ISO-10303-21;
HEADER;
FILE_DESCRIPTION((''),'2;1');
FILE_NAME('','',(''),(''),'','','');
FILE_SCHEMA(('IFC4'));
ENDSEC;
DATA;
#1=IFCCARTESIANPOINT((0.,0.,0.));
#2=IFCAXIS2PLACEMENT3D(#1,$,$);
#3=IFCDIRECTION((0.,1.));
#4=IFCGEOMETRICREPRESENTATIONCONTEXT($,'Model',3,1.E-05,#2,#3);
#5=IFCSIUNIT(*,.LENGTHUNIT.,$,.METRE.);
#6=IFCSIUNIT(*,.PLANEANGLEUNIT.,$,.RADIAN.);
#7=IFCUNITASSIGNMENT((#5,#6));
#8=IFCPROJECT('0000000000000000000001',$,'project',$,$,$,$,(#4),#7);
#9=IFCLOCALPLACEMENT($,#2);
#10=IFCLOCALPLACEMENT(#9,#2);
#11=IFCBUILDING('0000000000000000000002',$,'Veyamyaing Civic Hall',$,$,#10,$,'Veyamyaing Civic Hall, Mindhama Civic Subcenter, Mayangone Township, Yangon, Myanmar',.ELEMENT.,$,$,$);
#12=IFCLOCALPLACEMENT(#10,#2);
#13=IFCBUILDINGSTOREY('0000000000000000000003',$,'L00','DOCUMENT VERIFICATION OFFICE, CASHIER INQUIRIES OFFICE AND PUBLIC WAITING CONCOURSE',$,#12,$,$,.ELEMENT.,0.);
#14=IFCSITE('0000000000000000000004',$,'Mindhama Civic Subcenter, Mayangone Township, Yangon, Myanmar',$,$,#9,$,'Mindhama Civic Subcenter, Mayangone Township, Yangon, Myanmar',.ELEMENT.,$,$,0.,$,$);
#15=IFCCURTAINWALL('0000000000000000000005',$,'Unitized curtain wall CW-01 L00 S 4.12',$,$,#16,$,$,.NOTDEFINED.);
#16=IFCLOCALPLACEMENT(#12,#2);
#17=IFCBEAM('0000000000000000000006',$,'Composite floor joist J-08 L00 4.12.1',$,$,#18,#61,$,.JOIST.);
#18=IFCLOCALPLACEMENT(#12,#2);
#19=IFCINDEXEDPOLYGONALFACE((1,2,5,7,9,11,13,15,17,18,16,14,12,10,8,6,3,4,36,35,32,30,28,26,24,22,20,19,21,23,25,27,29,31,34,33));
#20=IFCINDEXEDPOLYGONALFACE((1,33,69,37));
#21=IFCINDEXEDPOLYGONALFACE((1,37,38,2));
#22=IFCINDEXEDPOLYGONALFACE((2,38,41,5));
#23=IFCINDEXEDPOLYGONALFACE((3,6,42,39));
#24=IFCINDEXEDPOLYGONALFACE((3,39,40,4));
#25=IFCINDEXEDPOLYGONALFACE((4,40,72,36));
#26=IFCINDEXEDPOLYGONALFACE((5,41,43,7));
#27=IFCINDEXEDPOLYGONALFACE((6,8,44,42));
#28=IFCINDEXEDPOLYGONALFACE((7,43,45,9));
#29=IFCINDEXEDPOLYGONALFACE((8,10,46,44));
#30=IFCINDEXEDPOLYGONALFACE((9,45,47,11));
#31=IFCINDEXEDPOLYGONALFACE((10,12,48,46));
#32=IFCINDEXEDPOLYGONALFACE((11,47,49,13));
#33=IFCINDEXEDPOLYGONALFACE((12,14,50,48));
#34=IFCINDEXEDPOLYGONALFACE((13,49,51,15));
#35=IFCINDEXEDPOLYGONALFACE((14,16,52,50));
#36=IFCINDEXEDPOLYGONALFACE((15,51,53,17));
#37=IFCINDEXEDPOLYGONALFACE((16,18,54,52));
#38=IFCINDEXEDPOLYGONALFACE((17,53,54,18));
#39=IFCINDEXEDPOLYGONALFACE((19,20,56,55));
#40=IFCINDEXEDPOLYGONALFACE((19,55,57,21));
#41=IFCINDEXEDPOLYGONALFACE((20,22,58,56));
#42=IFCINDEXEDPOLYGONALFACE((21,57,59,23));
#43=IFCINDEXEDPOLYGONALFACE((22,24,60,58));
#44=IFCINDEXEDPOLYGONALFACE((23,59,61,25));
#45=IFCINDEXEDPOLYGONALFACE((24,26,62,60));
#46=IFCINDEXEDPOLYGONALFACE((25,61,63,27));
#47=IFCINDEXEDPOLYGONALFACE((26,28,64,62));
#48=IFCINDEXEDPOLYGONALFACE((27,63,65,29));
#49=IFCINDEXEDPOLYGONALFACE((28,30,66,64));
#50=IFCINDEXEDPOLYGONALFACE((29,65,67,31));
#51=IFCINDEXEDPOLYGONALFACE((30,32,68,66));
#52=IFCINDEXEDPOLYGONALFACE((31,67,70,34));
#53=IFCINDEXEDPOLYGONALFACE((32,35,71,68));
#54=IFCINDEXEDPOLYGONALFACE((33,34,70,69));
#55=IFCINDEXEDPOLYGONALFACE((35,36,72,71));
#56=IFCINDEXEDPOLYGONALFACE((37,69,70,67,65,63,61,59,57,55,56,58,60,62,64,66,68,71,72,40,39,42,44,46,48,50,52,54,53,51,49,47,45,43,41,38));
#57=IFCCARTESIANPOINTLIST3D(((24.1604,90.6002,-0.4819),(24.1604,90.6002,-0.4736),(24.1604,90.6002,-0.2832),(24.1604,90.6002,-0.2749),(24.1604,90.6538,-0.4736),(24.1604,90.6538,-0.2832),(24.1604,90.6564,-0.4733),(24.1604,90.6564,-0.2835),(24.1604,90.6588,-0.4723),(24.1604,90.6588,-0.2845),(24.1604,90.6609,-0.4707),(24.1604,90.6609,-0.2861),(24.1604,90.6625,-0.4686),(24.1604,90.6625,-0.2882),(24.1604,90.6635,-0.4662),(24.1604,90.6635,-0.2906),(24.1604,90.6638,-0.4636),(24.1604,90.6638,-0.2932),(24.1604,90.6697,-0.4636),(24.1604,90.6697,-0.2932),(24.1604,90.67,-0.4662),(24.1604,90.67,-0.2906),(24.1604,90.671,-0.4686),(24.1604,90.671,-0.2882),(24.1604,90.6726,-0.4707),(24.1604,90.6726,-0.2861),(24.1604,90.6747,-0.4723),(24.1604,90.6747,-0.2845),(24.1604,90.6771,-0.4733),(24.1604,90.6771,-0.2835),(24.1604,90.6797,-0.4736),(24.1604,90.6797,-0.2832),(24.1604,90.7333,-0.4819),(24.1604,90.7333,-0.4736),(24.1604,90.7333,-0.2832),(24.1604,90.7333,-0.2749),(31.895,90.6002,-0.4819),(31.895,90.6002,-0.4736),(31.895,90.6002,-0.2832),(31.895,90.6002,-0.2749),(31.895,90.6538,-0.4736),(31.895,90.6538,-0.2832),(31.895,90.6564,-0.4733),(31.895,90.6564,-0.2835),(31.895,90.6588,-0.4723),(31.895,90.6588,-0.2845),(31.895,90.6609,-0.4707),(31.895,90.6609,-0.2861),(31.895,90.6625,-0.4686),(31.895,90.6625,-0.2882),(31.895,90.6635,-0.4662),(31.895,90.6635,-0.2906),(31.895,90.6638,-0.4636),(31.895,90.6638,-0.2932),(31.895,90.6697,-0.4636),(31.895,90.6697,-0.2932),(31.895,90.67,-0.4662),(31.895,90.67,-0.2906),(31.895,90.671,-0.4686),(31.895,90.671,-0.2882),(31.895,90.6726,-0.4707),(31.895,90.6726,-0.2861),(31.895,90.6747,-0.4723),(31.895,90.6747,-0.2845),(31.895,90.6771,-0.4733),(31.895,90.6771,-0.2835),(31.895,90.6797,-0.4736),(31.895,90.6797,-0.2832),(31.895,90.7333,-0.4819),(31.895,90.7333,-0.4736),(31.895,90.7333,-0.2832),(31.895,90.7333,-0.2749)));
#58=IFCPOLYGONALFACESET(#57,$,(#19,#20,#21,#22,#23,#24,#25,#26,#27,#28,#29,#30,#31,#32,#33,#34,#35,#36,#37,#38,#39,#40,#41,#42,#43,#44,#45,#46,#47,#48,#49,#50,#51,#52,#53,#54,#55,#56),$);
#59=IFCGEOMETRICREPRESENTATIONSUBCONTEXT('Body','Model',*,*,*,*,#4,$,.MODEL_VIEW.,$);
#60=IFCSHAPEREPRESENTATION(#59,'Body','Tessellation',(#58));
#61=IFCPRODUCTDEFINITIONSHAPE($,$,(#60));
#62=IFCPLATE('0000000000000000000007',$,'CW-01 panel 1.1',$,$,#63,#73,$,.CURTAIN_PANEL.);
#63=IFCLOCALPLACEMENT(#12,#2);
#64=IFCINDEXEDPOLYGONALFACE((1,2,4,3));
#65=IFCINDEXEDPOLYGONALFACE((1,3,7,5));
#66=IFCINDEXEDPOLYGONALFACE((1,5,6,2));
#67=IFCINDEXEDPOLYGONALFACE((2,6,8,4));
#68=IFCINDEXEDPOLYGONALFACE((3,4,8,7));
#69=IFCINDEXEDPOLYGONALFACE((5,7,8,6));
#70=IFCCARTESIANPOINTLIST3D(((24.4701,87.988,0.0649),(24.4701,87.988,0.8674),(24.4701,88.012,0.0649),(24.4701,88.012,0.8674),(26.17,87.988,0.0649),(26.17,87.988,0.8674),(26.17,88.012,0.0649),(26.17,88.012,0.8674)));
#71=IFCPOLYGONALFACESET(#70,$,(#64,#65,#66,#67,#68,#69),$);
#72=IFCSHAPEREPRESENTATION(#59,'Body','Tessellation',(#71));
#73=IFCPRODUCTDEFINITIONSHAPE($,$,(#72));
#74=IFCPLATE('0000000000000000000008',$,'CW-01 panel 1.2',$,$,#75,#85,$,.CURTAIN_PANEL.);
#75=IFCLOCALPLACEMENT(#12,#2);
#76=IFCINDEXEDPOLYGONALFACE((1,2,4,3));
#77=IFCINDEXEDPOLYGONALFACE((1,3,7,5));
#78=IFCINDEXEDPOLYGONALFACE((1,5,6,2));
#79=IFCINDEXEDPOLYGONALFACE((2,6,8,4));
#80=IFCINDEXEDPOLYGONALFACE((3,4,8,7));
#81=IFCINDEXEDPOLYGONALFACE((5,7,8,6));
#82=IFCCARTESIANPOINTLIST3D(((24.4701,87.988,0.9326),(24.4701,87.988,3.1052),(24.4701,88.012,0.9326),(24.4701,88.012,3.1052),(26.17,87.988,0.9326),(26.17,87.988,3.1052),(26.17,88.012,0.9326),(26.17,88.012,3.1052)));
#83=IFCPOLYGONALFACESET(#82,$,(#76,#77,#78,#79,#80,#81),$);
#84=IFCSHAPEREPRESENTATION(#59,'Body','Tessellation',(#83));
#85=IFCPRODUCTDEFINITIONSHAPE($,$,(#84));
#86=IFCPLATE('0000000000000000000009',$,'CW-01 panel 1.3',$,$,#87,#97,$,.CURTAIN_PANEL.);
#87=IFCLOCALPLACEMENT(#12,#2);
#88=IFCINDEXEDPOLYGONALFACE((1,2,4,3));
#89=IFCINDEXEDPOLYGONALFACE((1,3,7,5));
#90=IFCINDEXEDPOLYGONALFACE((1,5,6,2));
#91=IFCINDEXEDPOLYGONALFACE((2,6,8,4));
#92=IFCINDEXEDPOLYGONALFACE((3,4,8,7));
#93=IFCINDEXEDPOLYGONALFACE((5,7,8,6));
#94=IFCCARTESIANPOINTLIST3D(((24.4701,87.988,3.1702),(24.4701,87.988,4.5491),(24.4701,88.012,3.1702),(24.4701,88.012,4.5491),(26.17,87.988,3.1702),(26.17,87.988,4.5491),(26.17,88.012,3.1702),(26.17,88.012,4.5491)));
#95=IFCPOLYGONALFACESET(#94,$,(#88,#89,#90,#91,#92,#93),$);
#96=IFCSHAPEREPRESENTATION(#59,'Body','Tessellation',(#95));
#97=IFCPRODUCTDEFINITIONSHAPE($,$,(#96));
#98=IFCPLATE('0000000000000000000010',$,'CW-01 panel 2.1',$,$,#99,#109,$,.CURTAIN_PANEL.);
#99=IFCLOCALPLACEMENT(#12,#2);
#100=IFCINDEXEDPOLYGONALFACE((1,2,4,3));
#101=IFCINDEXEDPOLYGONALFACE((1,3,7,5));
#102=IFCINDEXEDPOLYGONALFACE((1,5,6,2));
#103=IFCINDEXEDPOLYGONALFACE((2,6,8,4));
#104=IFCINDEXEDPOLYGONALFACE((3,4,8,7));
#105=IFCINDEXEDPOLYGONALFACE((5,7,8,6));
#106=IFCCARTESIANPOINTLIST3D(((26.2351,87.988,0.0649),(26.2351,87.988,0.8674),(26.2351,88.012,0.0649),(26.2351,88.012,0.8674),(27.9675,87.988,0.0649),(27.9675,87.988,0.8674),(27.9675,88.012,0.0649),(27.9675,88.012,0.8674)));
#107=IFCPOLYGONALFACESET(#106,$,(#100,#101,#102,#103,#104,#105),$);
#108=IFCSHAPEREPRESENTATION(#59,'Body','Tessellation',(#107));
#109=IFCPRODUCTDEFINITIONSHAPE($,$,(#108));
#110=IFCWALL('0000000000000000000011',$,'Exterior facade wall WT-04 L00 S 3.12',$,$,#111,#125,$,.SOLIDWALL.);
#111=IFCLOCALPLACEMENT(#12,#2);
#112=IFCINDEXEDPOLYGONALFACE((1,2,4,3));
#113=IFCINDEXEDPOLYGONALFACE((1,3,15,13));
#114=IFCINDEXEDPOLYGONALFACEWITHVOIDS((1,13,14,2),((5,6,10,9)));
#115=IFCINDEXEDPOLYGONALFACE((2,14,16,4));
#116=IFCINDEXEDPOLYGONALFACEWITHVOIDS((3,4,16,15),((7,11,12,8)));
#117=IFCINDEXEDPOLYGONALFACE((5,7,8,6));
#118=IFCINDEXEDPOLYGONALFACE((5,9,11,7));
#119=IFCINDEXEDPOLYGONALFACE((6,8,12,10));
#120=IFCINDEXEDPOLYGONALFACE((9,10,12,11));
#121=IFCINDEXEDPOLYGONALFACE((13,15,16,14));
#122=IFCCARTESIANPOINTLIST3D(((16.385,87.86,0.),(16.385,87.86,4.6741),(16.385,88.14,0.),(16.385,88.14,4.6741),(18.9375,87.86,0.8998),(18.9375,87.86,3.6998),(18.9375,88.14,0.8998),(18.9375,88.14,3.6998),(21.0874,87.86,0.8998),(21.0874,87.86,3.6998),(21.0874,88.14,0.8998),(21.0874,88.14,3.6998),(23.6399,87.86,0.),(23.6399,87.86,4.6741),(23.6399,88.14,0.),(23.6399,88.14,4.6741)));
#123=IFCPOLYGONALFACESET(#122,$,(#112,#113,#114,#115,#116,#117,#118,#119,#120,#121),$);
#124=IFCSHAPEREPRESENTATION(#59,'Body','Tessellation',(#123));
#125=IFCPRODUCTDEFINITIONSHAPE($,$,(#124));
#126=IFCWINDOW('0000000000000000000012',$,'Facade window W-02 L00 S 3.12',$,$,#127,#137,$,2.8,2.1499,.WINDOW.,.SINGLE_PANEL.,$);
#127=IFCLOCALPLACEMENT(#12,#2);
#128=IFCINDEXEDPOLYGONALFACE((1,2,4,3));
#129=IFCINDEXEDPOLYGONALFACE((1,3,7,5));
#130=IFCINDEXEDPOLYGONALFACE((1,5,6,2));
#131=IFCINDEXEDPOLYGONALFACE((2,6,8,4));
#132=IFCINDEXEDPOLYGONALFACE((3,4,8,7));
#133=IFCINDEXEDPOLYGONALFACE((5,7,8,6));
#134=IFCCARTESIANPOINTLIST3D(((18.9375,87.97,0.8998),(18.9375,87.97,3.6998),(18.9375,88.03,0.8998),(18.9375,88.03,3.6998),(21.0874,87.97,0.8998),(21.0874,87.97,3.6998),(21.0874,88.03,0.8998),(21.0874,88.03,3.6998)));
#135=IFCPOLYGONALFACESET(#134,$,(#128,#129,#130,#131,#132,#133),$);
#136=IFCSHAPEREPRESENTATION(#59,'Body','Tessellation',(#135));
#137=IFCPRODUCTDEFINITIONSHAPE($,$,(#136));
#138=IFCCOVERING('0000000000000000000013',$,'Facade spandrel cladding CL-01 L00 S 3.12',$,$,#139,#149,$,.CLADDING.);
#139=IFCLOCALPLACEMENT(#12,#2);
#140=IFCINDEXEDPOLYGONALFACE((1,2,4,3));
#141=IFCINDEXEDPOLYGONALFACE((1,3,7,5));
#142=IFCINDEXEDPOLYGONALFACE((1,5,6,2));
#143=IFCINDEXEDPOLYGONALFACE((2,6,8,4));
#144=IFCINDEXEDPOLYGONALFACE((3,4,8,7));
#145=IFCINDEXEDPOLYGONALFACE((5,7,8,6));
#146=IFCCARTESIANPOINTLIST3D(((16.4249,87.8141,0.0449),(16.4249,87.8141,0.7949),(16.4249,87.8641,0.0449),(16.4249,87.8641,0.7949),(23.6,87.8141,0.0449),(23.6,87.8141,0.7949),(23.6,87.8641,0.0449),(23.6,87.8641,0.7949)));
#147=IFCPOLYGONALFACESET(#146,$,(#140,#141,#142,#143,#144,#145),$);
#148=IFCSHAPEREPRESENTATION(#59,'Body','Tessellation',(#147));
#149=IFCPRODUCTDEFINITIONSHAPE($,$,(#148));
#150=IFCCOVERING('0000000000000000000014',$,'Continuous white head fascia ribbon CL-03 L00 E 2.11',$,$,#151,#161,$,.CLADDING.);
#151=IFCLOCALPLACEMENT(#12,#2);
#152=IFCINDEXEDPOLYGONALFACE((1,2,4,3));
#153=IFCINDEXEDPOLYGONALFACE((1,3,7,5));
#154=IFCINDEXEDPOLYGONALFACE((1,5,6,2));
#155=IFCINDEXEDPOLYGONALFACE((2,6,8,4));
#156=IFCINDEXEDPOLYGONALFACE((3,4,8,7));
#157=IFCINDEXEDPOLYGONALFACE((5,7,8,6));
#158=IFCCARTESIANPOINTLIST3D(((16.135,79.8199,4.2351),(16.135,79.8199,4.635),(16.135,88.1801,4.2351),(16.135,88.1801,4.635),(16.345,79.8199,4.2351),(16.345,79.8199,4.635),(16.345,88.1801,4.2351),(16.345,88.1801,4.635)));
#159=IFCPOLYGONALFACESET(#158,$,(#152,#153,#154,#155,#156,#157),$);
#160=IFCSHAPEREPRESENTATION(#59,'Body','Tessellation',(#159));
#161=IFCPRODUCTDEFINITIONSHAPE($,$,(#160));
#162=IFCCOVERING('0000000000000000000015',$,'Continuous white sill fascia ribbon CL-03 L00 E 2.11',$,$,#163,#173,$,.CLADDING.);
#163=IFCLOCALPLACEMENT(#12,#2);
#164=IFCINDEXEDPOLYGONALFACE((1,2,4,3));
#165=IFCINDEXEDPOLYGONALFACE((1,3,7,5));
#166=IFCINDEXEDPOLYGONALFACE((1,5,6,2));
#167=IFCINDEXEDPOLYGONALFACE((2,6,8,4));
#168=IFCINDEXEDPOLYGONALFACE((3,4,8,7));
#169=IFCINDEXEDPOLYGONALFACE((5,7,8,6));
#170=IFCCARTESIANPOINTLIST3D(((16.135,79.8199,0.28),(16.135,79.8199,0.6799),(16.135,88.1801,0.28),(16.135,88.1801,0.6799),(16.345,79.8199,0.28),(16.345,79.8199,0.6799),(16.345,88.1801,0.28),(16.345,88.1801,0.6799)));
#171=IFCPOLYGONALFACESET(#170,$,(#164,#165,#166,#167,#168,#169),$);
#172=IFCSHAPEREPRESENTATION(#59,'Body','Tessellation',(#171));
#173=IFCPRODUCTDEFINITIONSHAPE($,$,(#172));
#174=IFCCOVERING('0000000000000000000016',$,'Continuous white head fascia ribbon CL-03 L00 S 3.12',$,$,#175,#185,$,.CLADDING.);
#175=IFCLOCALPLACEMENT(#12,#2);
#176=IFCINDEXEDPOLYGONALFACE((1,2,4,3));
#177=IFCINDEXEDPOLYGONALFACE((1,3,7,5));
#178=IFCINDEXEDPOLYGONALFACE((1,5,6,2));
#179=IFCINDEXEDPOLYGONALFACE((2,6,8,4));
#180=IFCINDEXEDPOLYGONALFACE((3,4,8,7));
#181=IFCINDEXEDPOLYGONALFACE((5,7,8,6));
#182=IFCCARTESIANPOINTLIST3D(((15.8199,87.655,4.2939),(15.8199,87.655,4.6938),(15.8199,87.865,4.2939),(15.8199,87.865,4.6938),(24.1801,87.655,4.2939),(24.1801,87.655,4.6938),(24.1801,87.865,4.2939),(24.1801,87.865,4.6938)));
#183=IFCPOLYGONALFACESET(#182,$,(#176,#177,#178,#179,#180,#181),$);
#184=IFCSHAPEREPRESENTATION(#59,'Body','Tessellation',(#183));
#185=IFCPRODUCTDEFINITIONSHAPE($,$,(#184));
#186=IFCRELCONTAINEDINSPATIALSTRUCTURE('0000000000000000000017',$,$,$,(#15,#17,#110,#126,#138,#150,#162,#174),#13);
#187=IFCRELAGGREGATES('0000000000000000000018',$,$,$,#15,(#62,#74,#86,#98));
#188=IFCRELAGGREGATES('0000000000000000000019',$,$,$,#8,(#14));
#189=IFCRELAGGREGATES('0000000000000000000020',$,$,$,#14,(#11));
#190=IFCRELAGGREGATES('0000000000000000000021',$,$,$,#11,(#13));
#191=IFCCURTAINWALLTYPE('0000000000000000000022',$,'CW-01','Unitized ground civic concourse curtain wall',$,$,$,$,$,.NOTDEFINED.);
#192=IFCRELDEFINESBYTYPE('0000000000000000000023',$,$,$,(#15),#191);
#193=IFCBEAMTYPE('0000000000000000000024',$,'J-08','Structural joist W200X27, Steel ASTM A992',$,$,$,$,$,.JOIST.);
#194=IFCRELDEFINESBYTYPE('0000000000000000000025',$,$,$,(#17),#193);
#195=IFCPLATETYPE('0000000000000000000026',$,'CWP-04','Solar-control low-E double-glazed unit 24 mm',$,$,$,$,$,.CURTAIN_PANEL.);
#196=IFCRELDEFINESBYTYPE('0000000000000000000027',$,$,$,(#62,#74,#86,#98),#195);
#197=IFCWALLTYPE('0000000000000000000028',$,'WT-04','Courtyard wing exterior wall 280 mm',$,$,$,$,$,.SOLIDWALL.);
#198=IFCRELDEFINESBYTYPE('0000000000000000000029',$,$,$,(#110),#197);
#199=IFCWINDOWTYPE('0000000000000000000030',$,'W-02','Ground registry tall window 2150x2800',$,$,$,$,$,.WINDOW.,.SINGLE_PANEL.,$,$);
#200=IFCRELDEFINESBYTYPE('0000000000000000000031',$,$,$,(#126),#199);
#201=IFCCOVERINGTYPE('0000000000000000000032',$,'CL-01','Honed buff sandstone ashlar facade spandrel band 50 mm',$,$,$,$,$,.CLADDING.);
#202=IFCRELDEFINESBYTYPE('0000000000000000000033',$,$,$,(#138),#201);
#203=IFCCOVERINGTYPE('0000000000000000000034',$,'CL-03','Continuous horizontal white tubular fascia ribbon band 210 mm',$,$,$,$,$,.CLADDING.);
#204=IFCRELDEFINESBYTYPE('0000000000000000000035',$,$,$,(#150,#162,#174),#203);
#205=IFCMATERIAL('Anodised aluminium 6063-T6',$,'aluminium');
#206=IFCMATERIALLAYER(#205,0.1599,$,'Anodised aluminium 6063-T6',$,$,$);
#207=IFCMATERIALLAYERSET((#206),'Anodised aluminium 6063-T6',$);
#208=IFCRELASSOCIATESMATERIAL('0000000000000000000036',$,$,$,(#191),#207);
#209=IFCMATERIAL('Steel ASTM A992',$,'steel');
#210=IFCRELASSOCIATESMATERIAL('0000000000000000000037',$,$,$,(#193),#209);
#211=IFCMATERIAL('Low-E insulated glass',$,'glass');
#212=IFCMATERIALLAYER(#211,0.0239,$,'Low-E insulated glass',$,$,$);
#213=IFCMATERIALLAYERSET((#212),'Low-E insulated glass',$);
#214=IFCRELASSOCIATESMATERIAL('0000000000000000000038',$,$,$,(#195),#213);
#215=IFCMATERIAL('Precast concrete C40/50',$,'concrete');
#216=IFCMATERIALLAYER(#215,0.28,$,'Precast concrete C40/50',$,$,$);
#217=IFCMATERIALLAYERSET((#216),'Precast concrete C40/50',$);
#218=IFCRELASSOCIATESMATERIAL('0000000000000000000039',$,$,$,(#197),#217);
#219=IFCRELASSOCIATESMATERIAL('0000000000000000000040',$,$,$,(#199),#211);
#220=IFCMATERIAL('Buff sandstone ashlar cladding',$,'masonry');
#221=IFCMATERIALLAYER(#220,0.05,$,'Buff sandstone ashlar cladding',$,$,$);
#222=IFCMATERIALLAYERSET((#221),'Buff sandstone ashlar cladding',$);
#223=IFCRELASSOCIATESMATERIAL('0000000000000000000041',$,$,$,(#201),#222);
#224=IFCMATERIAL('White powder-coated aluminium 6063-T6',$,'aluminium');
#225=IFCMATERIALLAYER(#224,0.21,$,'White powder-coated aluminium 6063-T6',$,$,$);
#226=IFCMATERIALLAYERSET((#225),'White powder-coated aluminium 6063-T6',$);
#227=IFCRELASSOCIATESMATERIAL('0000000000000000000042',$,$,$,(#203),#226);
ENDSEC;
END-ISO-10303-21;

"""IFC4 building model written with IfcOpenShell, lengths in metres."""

from ifc_helpers import new_model, si_unit, direction, frame, frame_2d, origin, origin_2d, place, context, subcontext, project, spatial, rectangle, i_section, extrude, material, layer, layer_set, material_profile, profile_set, type_object, element, fill, aggregate, save


model = new_model("IFC4")

# Units and contexts
model_context = context("Model", 3, precision=1e-05, world=origin(), true_north=direction((0.0, 1.0)))
body_context = subcontext(model_context, "Body", "Model", "MODEL_VIEW")
ifc_project = project(units=[si_unit("LENGTHUNIT", "METRE"), si_unit("PLANEANGLEUNIT", "RADIAN")], contexts=[model_context])

# Site, building, storey
site_placement = place(None, origin())
site = spatial("IfcSite", under=ifc_project, at=site_placement, Name="Mindhama Civic Subcenter, Mayangone Township, Yangon, Myanmar", LongName="Mindhama Civic Subcenter, Mayangone Township, Yangon, Myanmar", CompositionType="ELEMENT", RefElevation=0.0)
building_placement = place(site_placement, origin())
building = spatial("IfcBuilding", under=site, at=building_placement, Name="Veyamyaing Civic Hall", LongName="Veyamyaing Civic Hall, Mindhama Civic Subcenter, Mayangone Township, Yangon, Myanmar", CompositionType="ELEMENT")
storey_placement = place(building_placement, origin())
storey = spatial("IfcBuildingStorey", under=building, at=storey_placement, Name="L00", Description="DOCUMENT VERIFICATION OFFICE, CASHIER INQUIRIES OFFICE AND PUBLIC WAITING CONCOURSE", CompositionType="ELEMENT", Elevation=0.0)

# Shared definitions
ifc_material_1 = material(Name="Steel ASTM A992", Category="steel")

# Curtain wall
ifc_material_2 = material(Name="Anodised aluminium 6063-T6", Category="aluminium")
ifc_layer_1 = layer(ifc_material_2, 0.1599, Name="Anodised aluminium 6063-T6")
ifc_layer_set_1 = layer_set([ifc_layer_1], Name="Anodised aluminium 6063-T6")
curtain_wall_type = type_object("IfcCurtainWallType", Name="CW-01", Description="Unitized ground civic concourse curtain wall", PredefinedType="NOTDEFINED", material=ifc_layer_set_1)
curtain_wall_placement = place(storey_placement, origin())
curtain_wall = element("IfcCurtainWall", 1, at=curtain_wall_placement, inside=storey, type_object=curtain_wall_type, Name="Unitized curtain wall CW-01 L00 S 4.12", PredefinedType="NOTDEFINED")

# Beam
ifc_material_profile_1 = material_profile(ifc_material_1, i_section(OverallWidth=0.1331, OverallDepth=0.207, WebThickness=0.0059, FlangeThickness=0.0083, FilletRadius=0.01, at=origin_2d()), Name="W200X27")
ifc_profile_set_1 = profile_set([ifc_material_profile_1], Name="Steel ASTM A992")
beam_type_1 = type_object("IfcBeamType", Name="J-08", Description="Structural joist W200X27, Steel ASTM A992", PredefinedType="JOIST", material=ifc_profile_set_1)
beam_1_placement = place(storey_placement, frame((24.1604, 90.6667, -0.3784), z_axis=(1.0, 0.0, 0.0), x_axis=(0.0, 1.0, 0.0)))
element("IfcBeam", 2, at=beam_1_placement, inside=storey, type_object=beam_type_1, Name="Composite floor joist J-08 L00 4.12.1", PredefinedType="JOIST", context=body_context, shape_type="SweptSolid", body=[
    extrude(i_section(OverallWidth=0.1331, OverallDepth=0.207, WebThickness=0.0059, FlangeThickness=0.0083, FilletRadius=0.01, at=origin_2d()), origin(), (0.0, 0.0, 1.0), 7.7346),
])

# Plates
ifc_material_3 = material(Name="Low-E insulated glass", Category="glass")
ifc_layer_2 = layer(ifc_material_3, 0.0239, Name="Low-E insulated glass")
ifc_layer_set_2 = layer_set([ifc_layer_2], Name="Low-E insulated glass")
plate_type = type_object("IfcPlateType", Name="CWP-04", Description="Solar-control low-E double-glazed unit 24 mm", PredefinedType="CURTAIN_PANEL", material=ifc_layer_set_2)
plate_1_placement = place(storey_placement, frame((25.3201, 88.0, 0.0649), z_axis=(0.0, 0.0, 1.0), x_axis=(1.0, 0.0, 0.0)))
plate_1 = element("IfcPlate", 3, at=plate_1_placement, type_object=plate_type, Name="CW-01 panel 1.1", PredefinedType="CURTAIN_PANEL", context=body_context, shape_type="SweptSolid", body=[
    extrude(rectangle(XDim=1.7, YDim=0.0239, at=origin_2d()), origin(), (0.0, 0.0, 1.0), 0.8025),
])
plate_2_placement = place(storey_placement, frame((25.3201, 88.0, 0.9326), z_axis=(0.0, 0.0, 1.0), x_axis=(1.0, 0.0, 0.0)))
plate_2 = element("IfcPlate", 4, at=plate_2_placement, type_object=plate_type, Name="CW-01 panel 1.2", PredefinedType="CURTAIN_PANEL", context=body_context, shape_type="SweptSolid", body=[
    extrude(rectangle(XDim=1.7, YDim=0.0239, at=origin_2d()), origin(), (0.0, 0.0, 1.0), 2.1726),
])
plate_3_placement = place(storey_placement, frame((25.3201, 88.0, 3.1702), z_axis=(0.0, 0.0, 1.0), x_axis=(1.0, 0.0, 0.0)))
plate_3 = element("IfcPlate", 5, at=plate_3_placement, type_object=plate_type, Name="CW-01 panel 1.3", PredefinedType="CURTAIN_PANEL", context=body_context, shape_type="SweptSolid", body=[
    extrude(rectangle(XDim=1.7, YDim=0.0239, at=origin_2d()), origin(), (0.0, 0.0, 1.0), 1.3789),
])
plate_4_placement = place(storey_placement, frame((27.1013, 88.0, 0.0649), z_axis=(0.0, 0.0, 1.0), x_axis=(1.0, 0.0, 0.0)))
plate_4 = element("IfcPlate", 6, at=plate_4_placement, type_object=plate_type, Name="CW-01 panel 2.1", PredefinedType="CURTAIN_PANEL", context=body_context, shape_type="SweptSolid", body=[
    extrude(rectangle(XDim=1.7324, YDim=0.0239, at=origin_2d()), origin(), (0.0, 0.0, 1.0), 0.8025),
])
aggregate(curtain_wall, [plate_1, plate_2, plate_3, plate_4])

# Wall, opening, window
ifc_material_4 = material(Name="Precast concrete C40/50", Category="concrete")
ifc_layer_3 = layer(ifc_material_4, 0.28, Name="Precast concrete C40/50")
ifc_layer_set_3 = layer_set([ifc_layer_3], Name="Precast concrete C40/50")
wall_type_1 = type_object("IfcWallType", Name="WT-04", Description="Courtyard wing exterior wall 280 mm", PredefinedType="SOLIDWALL", material=ifc_layer_set_3)
wall_1_placement = place(storey_placement, frame((16.385, 88.0, 0.0), z_axis=(0.0, 0.0, 1.0), x_axis=(1.0, 0.0, 0.0)))
wall_1 = element("IfcWall", 7, at=wall_1_placement, inside=storey, type_object=wall_type_1, Name="Exterior facade wall WT-04 L00 S 3.12", PredefinedType="SOLIDWALL", context=body_context, shape_type="SweptSolid", body=[
    extrude(rectangle(XDim=7.2549, YDim=0.28, at=frame_2d((3.6274, 0.0))), origin(), (0.0, 0.0, 1.0), 4.6741),
])
opening_1_placement = place(wall_1_placement, frame((2.5525, 0.0, 0.8999)))
opening_1 = element("IfcOpeningElement", 8, at=opening_1_placement, cuts=wall_1, PredefinedType="OPENING", context=body_context, shape_type="SweptSolid", body=[
    extrude(rectangle(XDim=2.1499, YDim=2.8, at=frame_2d((1.075, 1.3999))), frame((0.0, 0.1499, 0.0), z_axis=(0.0, -1.0, 0.0), x_axis=(1.0, 0.0, 0.0)), (0.0, 0.0, 1.0), 0.3),
])
window_type = type_object("IfcWindowType", Name="W-02", Description="Ground registry tall window 2150x2800", PartitioningType="SINGLE_PANEL", PredefinedType="WINDOW", material=ifc_material_3)
window_placement = place(opening_1_placement, origin())
window = element("IfcWindow", 9, at=window_placement, inside=storey, type_object=window_type, Name="Facade window W-02 L00 S 3.12", OverallHeight=2.8, OverallWidth=2.1499, PartitioningType="SINGLE_PANEL", PredefinedType="WINDOW", context=body_context, shape_type="SweptSolid", body=[
    extrude(rectangle(XDim=2.1499, YDim=2.8, at=frame_2d((1.075, 1.3999))), frame((0.0, 0.03, 0.0), z_axis=(0.0, -1.0, 0.0), x_axis=(1.0, 0.0, 0.0)), (0.0, 0.0, 1.0), 0.0601),
])
fill(opening_1, window)

# Coverings
ifc_material_5 = material(Name="Buff sandstone ashlar cladding", Category="masonry")
ifc_layer_4 = layer(ifc_material_5, 0.05, Name="Buff sandstone ashlar cladding")
ifc_layer_set_4 = layer_set([ifc_layer_4], Name="Buff sandstone ashlar cladding")
covering_type_1 = type_object("IfcCoveringType", Name="CL-01", Description="Honed buff sandstone ashlar facade spandrel band 50 mm", PredefinedType="CLADDING", material=ifc_layer_set_4)
covering_placement = place(storey_placement, frame((20.0125, 87.8391, 0.0449), z_axis=(0.0, 0.0, 1.0), x_axis=(1.0, 0.0, 0.0)))
element("IfcCovering", 10, at=covering_placement, inside=storey, type_object=covering_type_1, Name="Facade spandrel cladding CL-01 L00 S 3.12", PredefinedType="CLADDING", context=body_context, shape_type="SweptSolid", body=[
    extrude(rectangle(XDim=7.175, YDim=0.05, at=origin_2d()), origin(), (0.0, 0.0, 1.0), 0.75),
])
ifc_material_6 = material(Name="White powder-coated aluminium 6063-T6", Category="aluminium")
ifc_layer_5 = layer(ifc_material_6, 0.21, Name="White powder-coated aluminium 6063-T6")
ifc_layer_set_5 = layer_set([ifc_layer_5], Name="White powder-coated aluminium 6063-T6")
covering_type_2 = type_object("IfcCoveringType", Name="CL-03", Description="Continuous horizontal white tubular fascia ribbon band 210 mm", PredefinedType="CLADDING", material=ifc_layer_set_5)
for number, where, z_axis, x_axis, name in (
    (11, (16.24, 84.0, 4.2351), (0.0, 0.0, 1.0), (0.0, 1.0, 0.0), "Continuous white head fascia ribbon CL-03 L00 E 2.11"),
    (12, (16.24, 84.0, 0.28), (0.0, 0.0, 1.0), (0.0, 1.0, 0.0), "Continuous white sill fascia ribbon CL-03 L00 E 2.11"),
    (13, (20.0, 87.76, 4.2939), (0.0, 0.0, 1.0), (1.0, 0.0, 0.0), "Continuous white head fascia ribbon CL-03 L00 S 3.12"),
):
    element("IfcCovering", number, at=place(storey_placement, frame(where, z_axis=z_axis, x_axis=x_axis)), inside=storey, type_object=covering_type_2, Name=name, PredefinedType="CLADDING", context=body_context, shape_type="SweptSolid", body=[
        extrude(rectangle(XDim=8.3601, YDim=0.21, at=origin_2d()), origin(), (0.0, 0.0, 1.0), 0.3999),
    ])

save(model, "model.ifc")
